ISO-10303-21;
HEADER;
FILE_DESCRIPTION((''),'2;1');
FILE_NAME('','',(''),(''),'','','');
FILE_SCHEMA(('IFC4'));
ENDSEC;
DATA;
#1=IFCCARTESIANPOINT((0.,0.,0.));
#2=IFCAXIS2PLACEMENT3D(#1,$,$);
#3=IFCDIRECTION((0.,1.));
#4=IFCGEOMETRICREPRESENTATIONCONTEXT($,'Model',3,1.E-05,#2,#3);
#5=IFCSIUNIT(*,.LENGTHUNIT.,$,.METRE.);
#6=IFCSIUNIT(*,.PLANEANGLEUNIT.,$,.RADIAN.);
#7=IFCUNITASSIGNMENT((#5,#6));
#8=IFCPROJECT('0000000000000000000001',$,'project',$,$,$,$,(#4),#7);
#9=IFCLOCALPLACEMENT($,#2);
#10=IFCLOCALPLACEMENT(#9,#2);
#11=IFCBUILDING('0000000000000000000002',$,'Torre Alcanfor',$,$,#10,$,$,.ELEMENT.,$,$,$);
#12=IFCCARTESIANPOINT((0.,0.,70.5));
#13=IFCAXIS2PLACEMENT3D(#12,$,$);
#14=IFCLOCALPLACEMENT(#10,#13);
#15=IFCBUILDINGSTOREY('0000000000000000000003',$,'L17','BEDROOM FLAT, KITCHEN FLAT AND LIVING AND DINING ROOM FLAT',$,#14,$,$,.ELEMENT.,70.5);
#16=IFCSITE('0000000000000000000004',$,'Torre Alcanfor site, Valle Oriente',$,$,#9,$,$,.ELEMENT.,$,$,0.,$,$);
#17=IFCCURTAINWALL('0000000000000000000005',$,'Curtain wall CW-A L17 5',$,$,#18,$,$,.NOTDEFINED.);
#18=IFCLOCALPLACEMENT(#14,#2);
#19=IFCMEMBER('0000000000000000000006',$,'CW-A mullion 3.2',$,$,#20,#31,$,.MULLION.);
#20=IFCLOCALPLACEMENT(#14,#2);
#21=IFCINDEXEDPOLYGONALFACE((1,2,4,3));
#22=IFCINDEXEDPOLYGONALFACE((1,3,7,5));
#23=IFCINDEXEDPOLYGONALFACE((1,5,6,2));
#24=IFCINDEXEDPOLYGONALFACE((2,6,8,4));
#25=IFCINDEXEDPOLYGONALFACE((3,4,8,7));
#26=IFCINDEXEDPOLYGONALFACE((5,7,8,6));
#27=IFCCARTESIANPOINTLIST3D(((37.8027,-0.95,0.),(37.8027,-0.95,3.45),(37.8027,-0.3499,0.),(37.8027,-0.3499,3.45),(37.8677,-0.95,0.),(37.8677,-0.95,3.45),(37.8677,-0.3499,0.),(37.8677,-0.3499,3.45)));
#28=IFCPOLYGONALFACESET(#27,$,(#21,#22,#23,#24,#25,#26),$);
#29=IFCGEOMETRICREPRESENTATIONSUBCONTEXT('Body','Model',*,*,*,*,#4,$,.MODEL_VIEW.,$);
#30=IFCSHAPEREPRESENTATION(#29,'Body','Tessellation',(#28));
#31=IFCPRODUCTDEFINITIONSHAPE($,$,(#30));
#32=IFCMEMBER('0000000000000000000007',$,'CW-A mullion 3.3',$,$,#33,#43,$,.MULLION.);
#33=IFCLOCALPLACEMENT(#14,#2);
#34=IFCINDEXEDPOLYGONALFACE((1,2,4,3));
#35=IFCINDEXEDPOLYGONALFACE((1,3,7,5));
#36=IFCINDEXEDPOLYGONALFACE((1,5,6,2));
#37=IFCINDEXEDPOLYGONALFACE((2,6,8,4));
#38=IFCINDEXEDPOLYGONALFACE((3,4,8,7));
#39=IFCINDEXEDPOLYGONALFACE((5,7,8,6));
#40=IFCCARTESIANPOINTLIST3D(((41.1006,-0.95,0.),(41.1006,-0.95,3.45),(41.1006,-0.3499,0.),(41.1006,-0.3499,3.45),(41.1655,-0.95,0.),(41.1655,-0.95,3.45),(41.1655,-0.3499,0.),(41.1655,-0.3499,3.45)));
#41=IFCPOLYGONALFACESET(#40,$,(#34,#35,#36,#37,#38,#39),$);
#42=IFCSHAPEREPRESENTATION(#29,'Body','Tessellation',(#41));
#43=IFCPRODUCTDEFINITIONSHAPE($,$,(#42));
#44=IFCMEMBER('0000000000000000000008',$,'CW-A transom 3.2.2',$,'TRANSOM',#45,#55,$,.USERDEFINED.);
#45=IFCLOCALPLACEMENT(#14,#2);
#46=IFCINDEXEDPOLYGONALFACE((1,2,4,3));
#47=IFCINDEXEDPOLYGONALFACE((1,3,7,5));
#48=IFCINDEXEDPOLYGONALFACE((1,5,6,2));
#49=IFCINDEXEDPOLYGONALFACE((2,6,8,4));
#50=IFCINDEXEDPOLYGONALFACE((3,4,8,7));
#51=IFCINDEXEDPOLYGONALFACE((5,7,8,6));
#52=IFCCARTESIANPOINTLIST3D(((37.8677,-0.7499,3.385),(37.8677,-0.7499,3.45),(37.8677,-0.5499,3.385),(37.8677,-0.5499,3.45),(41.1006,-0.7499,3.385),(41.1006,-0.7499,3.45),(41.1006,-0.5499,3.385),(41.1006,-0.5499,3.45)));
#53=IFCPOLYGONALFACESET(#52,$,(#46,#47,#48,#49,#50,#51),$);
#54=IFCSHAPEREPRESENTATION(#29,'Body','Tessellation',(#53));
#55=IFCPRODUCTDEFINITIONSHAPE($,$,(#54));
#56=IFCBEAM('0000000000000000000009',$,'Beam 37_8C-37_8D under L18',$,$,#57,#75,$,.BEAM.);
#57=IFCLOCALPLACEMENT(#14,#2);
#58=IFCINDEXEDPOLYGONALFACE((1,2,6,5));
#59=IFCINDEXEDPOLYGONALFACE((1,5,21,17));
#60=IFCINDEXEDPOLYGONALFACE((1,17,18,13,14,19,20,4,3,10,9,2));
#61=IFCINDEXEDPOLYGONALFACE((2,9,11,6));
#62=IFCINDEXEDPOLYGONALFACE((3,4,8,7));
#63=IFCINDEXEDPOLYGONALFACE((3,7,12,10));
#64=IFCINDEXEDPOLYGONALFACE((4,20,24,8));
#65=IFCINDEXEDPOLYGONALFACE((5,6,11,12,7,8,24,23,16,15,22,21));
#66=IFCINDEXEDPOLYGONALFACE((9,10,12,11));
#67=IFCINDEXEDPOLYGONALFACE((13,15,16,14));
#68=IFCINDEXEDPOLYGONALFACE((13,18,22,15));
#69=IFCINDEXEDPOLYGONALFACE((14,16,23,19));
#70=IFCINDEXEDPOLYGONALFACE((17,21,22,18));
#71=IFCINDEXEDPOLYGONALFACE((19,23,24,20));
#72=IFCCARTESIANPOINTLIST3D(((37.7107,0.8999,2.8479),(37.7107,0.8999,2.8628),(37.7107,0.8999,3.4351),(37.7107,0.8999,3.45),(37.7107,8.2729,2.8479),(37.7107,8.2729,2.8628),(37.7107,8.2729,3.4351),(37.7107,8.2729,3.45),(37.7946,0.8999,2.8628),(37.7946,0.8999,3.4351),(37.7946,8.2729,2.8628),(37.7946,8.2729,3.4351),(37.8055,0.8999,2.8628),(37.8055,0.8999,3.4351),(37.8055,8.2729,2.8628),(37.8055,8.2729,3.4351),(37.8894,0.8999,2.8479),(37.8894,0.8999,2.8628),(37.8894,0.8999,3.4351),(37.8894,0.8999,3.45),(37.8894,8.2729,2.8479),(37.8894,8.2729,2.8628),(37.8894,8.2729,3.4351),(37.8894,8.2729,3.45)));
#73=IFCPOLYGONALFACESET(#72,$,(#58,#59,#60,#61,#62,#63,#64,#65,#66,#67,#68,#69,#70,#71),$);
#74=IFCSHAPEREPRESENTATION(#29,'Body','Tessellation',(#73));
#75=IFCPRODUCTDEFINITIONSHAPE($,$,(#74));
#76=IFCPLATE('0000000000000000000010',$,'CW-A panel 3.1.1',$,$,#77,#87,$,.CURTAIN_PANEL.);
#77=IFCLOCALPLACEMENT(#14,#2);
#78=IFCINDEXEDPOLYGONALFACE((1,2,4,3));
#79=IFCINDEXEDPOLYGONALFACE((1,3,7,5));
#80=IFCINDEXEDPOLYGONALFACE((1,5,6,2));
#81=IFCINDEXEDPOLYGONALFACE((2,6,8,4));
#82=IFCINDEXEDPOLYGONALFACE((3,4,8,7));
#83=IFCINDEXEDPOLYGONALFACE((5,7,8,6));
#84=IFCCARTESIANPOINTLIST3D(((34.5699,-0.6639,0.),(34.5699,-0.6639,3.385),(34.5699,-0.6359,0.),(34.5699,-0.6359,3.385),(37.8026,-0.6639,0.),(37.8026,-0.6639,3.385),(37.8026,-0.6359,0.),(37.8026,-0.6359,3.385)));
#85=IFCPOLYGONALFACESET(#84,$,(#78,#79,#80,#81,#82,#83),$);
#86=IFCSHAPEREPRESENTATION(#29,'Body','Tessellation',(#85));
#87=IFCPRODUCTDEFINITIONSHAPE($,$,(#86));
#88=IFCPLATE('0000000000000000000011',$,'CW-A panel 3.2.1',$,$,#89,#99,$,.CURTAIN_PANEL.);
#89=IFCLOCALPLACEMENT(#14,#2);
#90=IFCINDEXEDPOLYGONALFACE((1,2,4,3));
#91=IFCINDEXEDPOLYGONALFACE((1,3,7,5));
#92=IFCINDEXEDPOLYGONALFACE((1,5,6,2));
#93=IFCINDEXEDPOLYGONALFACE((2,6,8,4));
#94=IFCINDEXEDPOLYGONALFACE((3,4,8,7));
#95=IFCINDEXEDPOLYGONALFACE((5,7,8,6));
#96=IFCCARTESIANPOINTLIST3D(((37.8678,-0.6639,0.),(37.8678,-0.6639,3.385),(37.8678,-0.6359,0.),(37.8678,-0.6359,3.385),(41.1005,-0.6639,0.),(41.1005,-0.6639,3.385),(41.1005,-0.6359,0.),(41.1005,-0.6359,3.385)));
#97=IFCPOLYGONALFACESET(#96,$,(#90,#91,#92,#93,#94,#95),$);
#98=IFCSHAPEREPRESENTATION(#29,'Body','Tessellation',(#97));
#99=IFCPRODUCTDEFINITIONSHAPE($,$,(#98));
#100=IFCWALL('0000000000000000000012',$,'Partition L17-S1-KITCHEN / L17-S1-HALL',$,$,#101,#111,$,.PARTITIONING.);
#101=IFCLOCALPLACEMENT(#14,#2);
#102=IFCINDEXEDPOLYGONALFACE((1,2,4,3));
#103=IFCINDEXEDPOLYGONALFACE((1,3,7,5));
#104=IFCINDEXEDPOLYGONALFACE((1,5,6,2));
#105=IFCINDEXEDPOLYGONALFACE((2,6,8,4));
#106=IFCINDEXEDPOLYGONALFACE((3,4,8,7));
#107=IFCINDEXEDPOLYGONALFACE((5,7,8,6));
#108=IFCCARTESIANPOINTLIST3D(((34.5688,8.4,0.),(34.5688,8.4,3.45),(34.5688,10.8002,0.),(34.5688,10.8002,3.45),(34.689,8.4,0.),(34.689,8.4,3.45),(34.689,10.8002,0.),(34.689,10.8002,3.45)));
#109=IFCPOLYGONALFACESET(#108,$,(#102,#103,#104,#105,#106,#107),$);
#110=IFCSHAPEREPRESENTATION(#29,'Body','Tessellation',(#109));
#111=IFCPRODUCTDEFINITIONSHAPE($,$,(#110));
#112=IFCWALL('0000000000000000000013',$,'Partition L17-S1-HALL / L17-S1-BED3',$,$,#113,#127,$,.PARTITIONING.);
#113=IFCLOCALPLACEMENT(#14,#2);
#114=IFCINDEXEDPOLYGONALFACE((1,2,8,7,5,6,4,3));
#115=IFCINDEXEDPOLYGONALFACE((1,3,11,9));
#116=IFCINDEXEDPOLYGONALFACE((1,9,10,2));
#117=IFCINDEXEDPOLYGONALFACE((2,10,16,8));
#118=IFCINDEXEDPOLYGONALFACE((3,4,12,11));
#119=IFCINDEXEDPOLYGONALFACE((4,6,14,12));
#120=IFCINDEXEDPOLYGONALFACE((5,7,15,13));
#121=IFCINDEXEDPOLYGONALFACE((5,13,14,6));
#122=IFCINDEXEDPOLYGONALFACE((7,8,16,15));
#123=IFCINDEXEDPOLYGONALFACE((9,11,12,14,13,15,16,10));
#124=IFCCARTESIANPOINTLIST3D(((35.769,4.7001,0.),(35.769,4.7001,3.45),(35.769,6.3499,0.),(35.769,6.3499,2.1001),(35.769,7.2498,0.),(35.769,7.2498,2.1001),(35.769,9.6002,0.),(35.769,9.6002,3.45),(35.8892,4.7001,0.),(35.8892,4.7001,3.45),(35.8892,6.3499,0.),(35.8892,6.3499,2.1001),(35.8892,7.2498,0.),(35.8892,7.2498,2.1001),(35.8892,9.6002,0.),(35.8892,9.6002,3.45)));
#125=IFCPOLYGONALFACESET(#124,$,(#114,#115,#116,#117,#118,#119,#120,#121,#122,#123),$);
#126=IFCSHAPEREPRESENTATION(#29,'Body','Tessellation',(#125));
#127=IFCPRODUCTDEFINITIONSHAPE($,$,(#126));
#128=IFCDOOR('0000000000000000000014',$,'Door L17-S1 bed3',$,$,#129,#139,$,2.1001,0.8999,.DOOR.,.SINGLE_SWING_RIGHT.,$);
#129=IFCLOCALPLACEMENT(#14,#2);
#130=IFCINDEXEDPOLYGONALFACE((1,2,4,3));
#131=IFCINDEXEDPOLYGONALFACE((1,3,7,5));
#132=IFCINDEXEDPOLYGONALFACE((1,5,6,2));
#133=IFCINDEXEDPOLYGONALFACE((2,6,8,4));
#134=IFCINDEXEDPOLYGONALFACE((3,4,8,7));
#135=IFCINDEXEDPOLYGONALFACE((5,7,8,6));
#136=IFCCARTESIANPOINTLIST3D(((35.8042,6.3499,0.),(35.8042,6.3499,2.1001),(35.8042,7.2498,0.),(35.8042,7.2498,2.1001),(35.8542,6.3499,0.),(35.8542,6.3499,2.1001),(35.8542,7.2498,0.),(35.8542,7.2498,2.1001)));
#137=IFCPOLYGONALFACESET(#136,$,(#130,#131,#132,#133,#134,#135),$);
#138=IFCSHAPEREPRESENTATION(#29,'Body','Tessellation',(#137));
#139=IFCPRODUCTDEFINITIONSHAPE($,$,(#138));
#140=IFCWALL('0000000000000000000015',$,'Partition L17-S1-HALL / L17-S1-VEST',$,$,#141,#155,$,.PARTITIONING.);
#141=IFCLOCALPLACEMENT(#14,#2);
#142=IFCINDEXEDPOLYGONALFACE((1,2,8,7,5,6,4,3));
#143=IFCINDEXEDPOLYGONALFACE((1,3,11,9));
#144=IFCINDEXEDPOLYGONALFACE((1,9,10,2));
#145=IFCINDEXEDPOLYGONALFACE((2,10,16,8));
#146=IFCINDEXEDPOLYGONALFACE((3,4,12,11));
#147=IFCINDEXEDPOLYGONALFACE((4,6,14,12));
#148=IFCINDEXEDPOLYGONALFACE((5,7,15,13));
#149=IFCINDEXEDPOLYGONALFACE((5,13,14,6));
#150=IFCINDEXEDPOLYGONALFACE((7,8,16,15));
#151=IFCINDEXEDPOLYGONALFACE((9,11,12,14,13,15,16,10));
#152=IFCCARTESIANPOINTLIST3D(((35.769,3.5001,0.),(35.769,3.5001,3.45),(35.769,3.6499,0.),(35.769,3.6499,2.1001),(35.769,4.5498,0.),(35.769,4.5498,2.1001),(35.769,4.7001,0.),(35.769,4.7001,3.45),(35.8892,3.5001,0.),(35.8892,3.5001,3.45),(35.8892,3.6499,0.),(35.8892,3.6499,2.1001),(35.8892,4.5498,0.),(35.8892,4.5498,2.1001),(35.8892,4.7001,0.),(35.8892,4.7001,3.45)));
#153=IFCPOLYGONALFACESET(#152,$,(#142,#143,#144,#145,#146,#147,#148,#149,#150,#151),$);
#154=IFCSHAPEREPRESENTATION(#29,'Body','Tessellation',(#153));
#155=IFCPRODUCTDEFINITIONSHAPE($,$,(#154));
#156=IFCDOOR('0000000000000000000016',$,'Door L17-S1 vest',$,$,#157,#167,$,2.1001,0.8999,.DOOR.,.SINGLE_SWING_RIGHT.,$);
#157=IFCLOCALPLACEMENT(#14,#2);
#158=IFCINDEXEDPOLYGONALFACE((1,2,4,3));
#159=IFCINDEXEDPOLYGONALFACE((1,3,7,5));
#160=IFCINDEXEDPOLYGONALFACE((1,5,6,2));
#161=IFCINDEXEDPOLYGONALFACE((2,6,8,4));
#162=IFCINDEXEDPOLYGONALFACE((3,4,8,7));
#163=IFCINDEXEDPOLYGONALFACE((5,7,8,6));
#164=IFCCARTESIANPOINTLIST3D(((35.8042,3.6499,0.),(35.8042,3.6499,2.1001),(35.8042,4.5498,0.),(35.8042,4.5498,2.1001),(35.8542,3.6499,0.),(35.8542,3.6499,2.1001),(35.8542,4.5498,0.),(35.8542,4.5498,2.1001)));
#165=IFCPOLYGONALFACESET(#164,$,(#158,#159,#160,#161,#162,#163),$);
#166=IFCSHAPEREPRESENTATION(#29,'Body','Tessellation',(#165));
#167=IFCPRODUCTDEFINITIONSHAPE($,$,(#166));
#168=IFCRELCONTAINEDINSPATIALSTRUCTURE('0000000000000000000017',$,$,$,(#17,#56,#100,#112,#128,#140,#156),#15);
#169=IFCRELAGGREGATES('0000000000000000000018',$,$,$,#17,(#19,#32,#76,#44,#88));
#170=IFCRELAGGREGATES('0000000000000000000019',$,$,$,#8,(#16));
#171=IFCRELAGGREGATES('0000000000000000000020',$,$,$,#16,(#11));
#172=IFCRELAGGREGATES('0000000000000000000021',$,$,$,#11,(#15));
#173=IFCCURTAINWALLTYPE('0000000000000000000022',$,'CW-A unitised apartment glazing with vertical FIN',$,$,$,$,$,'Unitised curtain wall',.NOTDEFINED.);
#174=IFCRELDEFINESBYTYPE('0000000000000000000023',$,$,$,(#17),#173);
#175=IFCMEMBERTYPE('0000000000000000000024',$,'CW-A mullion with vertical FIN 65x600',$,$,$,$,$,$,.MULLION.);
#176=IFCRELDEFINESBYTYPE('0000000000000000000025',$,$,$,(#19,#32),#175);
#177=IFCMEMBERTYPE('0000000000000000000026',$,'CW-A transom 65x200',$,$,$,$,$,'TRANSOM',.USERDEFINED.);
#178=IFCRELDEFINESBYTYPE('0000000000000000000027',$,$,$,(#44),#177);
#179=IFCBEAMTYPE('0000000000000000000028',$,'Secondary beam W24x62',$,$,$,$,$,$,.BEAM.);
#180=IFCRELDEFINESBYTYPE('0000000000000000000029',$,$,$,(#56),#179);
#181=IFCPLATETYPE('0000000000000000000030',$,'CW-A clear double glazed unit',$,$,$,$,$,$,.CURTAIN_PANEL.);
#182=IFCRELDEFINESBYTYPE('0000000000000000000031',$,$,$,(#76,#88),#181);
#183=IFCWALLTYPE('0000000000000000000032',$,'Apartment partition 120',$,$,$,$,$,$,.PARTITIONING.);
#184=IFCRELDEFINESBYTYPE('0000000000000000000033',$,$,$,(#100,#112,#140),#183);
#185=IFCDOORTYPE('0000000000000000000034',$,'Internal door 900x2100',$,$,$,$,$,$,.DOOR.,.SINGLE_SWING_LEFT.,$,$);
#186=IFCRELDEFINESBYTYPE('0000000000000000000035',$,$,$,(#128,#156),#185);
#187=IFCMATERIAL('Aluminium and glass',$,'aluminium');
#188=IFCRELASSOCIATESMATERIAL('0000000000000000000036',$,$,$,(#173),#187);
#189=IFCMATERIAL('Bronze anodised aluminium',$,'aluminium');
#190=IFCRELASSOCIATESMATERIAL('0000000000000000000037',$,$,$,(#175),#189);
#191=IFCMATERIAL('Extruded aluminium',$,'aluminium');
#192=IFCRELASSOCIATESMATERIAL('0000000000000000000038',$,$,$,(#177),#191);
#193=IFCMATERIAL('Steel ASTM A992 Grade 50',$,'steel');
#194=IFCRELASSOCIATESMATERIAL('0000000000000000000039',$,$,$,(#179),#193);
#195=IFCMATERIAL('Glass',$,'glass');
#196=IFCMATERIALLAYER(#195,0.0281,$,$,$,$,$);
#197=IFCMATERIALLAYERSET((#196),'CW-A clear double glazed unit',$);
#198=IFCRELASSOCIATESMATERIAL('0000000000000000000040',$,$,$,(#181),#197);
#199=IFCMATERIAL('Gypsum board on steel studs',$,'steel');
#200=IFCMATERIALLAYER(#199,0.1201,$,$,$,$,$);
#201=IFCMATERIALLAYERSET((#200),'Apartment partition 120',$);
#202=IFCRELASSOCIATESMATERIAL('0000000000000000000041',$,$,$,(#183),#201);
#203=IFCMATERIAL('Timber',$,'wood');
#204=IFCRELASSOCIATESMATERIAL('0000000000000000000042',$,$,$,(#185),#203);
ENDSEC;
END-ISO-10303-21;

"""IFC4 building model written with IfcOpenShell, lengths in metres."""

from ifc_helpers import new_model, si_unit, direction, frame, frame_2d, origin, origin_2d, place, context, subcontext, project, spatial, rectangle, i_section, extrude, material, layer, layer_set, material_profile, profile_set, type_object, element, fill, aggregate, save


model = new_model("IFC4")

# Units and contexts
model_context = context("Model", 3, precision=1e-05, world=origin(), true_north=direction((0.0, 1.0)))
body_context = subcontext(model_context, "Body", "Model", "MODEL_VIEW")
ifc_project = project(units=[si_unit("LENGTHUNIT", "METRE"), si_unit("PLANEANGLEUNIT", "RADIAN")], contexts=[model_context])

# Site, building, storey
site_placement = place(None, origin())
site = spatial("IfcSite", under=ifc_project, at=site_placement, Name="Torre Alcanfor site, Valle Oriente", CompositionType="ELEMENT", RefElevation=0.0)
building_placement = place(site_placement, origin())
building = spatial("IfcBuilding", under=site, at=building_placement, Name="Torre Alcanfor", CompositionType="ELEMENT")
storey_placement = place(building_placement, frame((0.0, 0.0, 70.5)))
storey = spatial("IfcBuildingStorey", under=building, at=storey_placement, Name="L17", Description="BEDROOM FLAT, KITCHEN FLAT AND LIVING AND DINING ROOM FLAT", CompositionType="ELEMENT", Elevation=70.5)

# Curtain wall, members
ifc_material_1 = material(Name="Aluminium and glass", Category="aluminium")
curtain_wall_type = type_object("IfcCurtainWallType", Name="CW-A unitised apartment glazing with vertical FIN", ElementType="Unitised curtain wall", PredefinedType="NOTDEFINED", material=ifc_material_1)
curtain_wall_placement = place(storey_placement, origin())
curtain_wall = element("IfcCurtainWall", 1, at=curtain_wall_placement, inside=storey, type_object=curtain_wall_type, Name="Curtain wall CW-A L17 5", PredefinedType="NOTDEFINED")
ifc_material_2 = material(Name="Bronze anodised aluminium", Category="aluminium")
ifc_material_profile_1 = material_profile(ifc_material_2, rectangle(XDim=0.6001, YDim=0.0649, at=origin_2d()), Name="CW-A mullion 65x600")
ifc_profile_set_1 = profile_set([ifc_material_profile_1], Name="Bronze anodised aluminium")
member_type_1 = type_object("IfcMemberType", Name="CW-A mullion with vertical FIN 65x600", PredefinedType="MULLION", material=ifc_profile_set_1)
member_1_placement = place(storey_placement, frame((37.8352, -0.6499, 0.0), z_axis=(0.0, 0.0, 1.0), x_axis=(0.0, 1.0, 0.0)))
member_1 = element("IfcMember", 2, at=member_1_placement, type_object=member_type_1, Name="CW-A mullion 3.2", PredefinedType="MULLION", context=body_context, shape_type="SweptSolid", body=[
    extrude(rectangle(XDim=0.6001, YDim=0.0649, at=origin_2d()), origin(), (0.0, 0.0, 1.0), 3.45),
])
member_2_placement = place(storey_placement, frame((41.1331, -0.6499, 0.0), z_axis=(0.0, 0.0, 1.0), x_axis=(0.0, 1.0, 0.0)))
member_2 = element("IfcMember", 3, at=member_2_placement, type_object=member_type_1, Name="CW-A mullion 3.3", PredefinedType="MULLION", context=body_context, shape_type="SweptSolid", body=[
    extrude(rectangle(XDim=0.6001, YDim=0.0649, at=origin_2d()), origin(), (0.0, 0.0, 1.0), 3.45),
])
ifc_material_3 = material(Name="Extruded aluminium", Category="aluminium")
ifc_material_profile_2 = material_profile(ifc_material_3, rectangle(XDim=0.2, YDim=0.0649, at=origin_2d()), Name="CW-A transom 200x65")
ifc_profile_set_2 = profile_set([ifc_material_profile_2], Name="Extruded aluminium")
member_type_2 = type_object("IfcMemberType", Name="CW-A transom 65x200", ElementType="TRANSOM", PredefinedType="USERDEFINED", material=ifc_profile_set_2)
member_3_placement = place(storey_placement, frame((37.8677, -0.6499, 3.4175), z_axis=(1.0, 0.0, 0.0), x_axis=(0.0, 1.0, 0.0)))
member_3 = element("IfcMember", 4, at=member_3_placement, type_object=member_type_2, Name="CW-A transom 3.2.2", ObjectType="TRANSOM", PredefinedType="USERDEFINED", context=body_context, shape_type="SweptSolid", body=[
    extrude(rectangle(XDim=0.2, YDim=0.0649, at=origin_2d()), origin(), (0.0, 0.0, 1.0), 3.2329),
])

# Beam
ifc_material_4 = material(Name="Steel ASTM A992 Grade 50", Category="steel")
ifc_material_profile_3 = material_profile(ifc_material_4, i_section(OverallWidth=0.1787, OverallDepth=0.6021, WebThickness=0.011, FlangeThickness=0.0149, at=origin_2d()), Name="W24x62")
ifc_profile_set_3 = profile_set([ifc_material_profile_3], Name="Steel ASTM A992 Grade 50")
beam_type = type_object("IfcBeamType", Name="Secondary beam W24x62", PredefinedType="BEAM", material=ifc_profile_set_3)
beam_placement = place(storey_placement, frame((37.8, 0.8999, 3.1489), z_axis=(0.0, 1.0, 0.0), x_axis=(-1.0, 0.0, 0.0)))
element("IfcBeam", 5, at=beam_placement, inside=storey, type_object=beam_type, Name="Beam 37_8C-37_8D under L18", PredefinedType="BEAM", context=body_context, shape_type="SweptSolid", body=[
    extrude(i_section(OverallWidth=0.1787, OverallDepth=0.6021, WebThickness=0.011, FlangeThickness=0.0149, at=origin_2d()), origin(), (0.0, 0.0, 1.0), 7.373),
])

# Plates
ifc_material_5 = material(Name="Glass", Category="glass")
ifc_layer_1 = layer(ifc_material_5, 0.0281)
ifc_layer_set_1 = layer_set([ifc_layer_1], Name="CW-A clear double glazed unit")
plate_type = type_object("IfcPlateType", Name="CW-A clear double glazed unit", PredefinedType="CURTAIN_PANEL", material=ifc_layer_set_1)
plate_1_placement = place(storey_placement, frame((36.1863, -0.6499, 0.0), z_axis=(0.0, 0.0, 1.0), x_axis=(1.0, 0.0, 0.0)))
plate_1 = element("IfcPlate", 6, at=plate_1_placement, type_object=plate_type, Name="CW-A panel 3.1.1", PredefinedType="CURTAIN_PANEL", context=body_context, shape_type="SweptSolid", body=[
    extrude(rectangle(XDim=3.2327, YDim=0.0281, at=origin_2d()), origin(), (0.0, 0.0, 1.0), 3.385),
])
plate_2_placement = place(storey_placement, frame((39.4841, -0.6499, 0.0), z_axis=(0.0, 0.0, 1.0), x_axis=(1.0, 0.0, 0.0)))
plate_2 = element("IfcPlate", 7, at=plate_2_placement, type_object=plate_type, Name="CW-A panel 3.2.1", PredefinedType="CURTAIN_PANEL", context=body_context, shape_type="SweptSolid", body=[
    extrude(rectangle(XDim=3.2327, YDim=0.0281, at=origin_2d()), origin(), (0.0, 0.0, 1.0), 3.385),
])
aggregate(curtain_wall, [member_1, member_2, plate_1, member_3, plate_2])

# Wall
ifc_material_6 = material(Name="Gypsum board on steel studs", Category="steel")
ifc_layer_2 = layer(ifc_material_6, 0.1201)
ifc_layer_set_2 = layer_set([ifc_layer_2], Name="Apartment partition 120")
wall_type_1 = type_object("IfcWallType", Name="Apartment partition 120", PredefinedType="PARTITIONING", material=ifc_layer_set_2)
wall_1_placement = place(storey_placement, frame((34.6289, 8.3999, 0.0), z_axis=(0.0, 0.0, 1.0), x_axis=(0.0, 1.0, 0.0)))
element("IfcWall", 8, at=wall_1_placement, inside=storey, type_object=wall_type_1, Name="Partition L17-S1-KITCHEN / L17-S1-HALL", PredefinedType="PARTITIONING", context=body_context, shape_type="SweptSolid", body=[
    extrude(rectangle(XDim=2.4001, YDim=0.1201, at=frame_2d((1.2002, 0.0))), origin(), (0.0, 0.0, 1.0), 3.45),
])

# Walls, openings, doors
wall_2_placement = place(storey_placement, frame((35.8291, 4.7, 0.0), z_axis=(0.0, 0.0, 1.0), x_axis=(0.0, 1.0, 0.0)))
wall_2 = element("IfcWall", 9, at=wall_2_placement, inside=storey, type_object=wall_type_1, Name="Partition L17-S1-HALL / L17-S1-BED3", PredefinedType="PARTITIONING", context=body_context, shape_type="SweptSolid", body=[
    extrude(rectangle(XDim=4.9001, YDim=0.1201, at=frame_2d((2.4502, 0.0))), origin(), (0.0, 0.0, 1.0), 3.45),
])
opening_1_placement = place(wall_2_placement, frame((1.6499, 0.0, 0.0)))
opening_1 = element("IfcOpeningElement", 10, at=opening_1_placement, cuts=wall_2, PredefinedType="OPENING", context=body_context, shape_type="SweptSolid", body=[
    extrude(rectangle(XDim=0.8999, YDim=2.1001, at=frame_2d((0.45, 1.05))), frame((0.0, 0.0701, 0.0), z_axis=(0.0, -1.0, 0.0), x_axis=(1.0, 0.0, 0.0)), (0.0, 0.0, 1.0), 0.1401),
])
ifc_material_7 = material(Name="Timber", Category="wood")
door_type = type_object("IfcDoorType", Name="Internal door 900x2100", OperationType="SINGLE_SWING_LEFT", PredefinedType="DOOR", material=ifc_material_7)
door_1_placement = place(opening_1_placement, frame((0.8999, 0.0, 0.0), z_axis=(0.0, 0.0, 1.0), x_axis=(-1.0, 0.0, 0.0)))
door_1 = element("IfcDoor", 11, at=door_1_placement, inside=storey, type_object=door_type, Name="Door L17-S1 bed3", OperationType="SINGLE_SWING_RIGHT", OverallHeight=2.1001, OverallWidth=0.8999, PredefinedType="DOOR", context=body_context, shape_type="SweptSolid", body=[
    extrude(rectangle(XDim=0.8999, YDim=2.1001, at=frame_2d((0.45, 1.05))), frame((0.0, 0.0251, 0.0), z_axis=(0.0, -1.0, 0.0), x_axis=(1.0, 0.0, 0.0)), (0.0, 0.0, 1.0), 0.05),
])
fill(opening_1, door_1)
wall_3_placement = place(storey_placement, frame((35.8291, 3.5, 0.0), z_axis=(0.0, 0.0, 1.0), x_axis=(0.0, 1.0, 0.0)))
wall_3 = element("IfcWall", 12, at=wall_3_placement, inside=storey, type_object=wall_type_1, Name="Partition L17-S1-HALL / L17-S1-VEST", PredefinedType="PARTITIONING", context=body_context, shape_type="SweptSolid", body=[
    extrude(rectangle(XDim=1.2, YDim=0.1201, at=frame_2d((0.6001, 0.0))), origin(), (0.0, 0.0, 1.0), 3.45),
])
opening_2_placement = place(wall_3_placement, frame((0.1499, 0.0, 0.0)))
opening_2 = element("IfcOpeningElement", 13, at=opening_2_placement, cuts=wall_3, PredefinedType="OPENING", context=body_context, shape_type="SweptSolid", body=[
    extrude(rectangle(XDim=0.8999, YDim=2.1001, at=frame_2d((0.45, 1.05))), frame((0.0, 0.0701, 0.0), z_axis=(0.0, -1.0, 0.0), x_axis=(1.0, 0.0, 0.0)), (0.0, 0.0, 1.0), 0.1401),
])
door_2_placement = place(opening_2_placement, frame((0.8999, 0.0, 0.0), z_axis=(0.0, 0.0, 1.0), x_axis=(-1.0, 0.0, 0.0)))
door_2 = element("IfcDoor", 14, at=door_2_placement, inside=storey, type_object=door_type, Name="Door L17-S1 vest", OperationType="SINGLE_SWING_RIGHT", OverallHeight=2.1001, OverallWidth=0.8999, PredefinedType="DOOR", context=body_context, shape_type="SweptSolid", body=[
    extrude(rectangle(XDim=0.8999, YDim=2.1001, at=frame_2d((0.45, 1.05))), frame((0.0, 0.0251, 0.0), z_axis=(0.0, -1.0, 0.0), x_axis=(1.0, 0.0, 0.0)), (0.0, 0.0, 1.0), 0.05),
])
fill(opening_2, door_2)

save(model, "model.ifc")
